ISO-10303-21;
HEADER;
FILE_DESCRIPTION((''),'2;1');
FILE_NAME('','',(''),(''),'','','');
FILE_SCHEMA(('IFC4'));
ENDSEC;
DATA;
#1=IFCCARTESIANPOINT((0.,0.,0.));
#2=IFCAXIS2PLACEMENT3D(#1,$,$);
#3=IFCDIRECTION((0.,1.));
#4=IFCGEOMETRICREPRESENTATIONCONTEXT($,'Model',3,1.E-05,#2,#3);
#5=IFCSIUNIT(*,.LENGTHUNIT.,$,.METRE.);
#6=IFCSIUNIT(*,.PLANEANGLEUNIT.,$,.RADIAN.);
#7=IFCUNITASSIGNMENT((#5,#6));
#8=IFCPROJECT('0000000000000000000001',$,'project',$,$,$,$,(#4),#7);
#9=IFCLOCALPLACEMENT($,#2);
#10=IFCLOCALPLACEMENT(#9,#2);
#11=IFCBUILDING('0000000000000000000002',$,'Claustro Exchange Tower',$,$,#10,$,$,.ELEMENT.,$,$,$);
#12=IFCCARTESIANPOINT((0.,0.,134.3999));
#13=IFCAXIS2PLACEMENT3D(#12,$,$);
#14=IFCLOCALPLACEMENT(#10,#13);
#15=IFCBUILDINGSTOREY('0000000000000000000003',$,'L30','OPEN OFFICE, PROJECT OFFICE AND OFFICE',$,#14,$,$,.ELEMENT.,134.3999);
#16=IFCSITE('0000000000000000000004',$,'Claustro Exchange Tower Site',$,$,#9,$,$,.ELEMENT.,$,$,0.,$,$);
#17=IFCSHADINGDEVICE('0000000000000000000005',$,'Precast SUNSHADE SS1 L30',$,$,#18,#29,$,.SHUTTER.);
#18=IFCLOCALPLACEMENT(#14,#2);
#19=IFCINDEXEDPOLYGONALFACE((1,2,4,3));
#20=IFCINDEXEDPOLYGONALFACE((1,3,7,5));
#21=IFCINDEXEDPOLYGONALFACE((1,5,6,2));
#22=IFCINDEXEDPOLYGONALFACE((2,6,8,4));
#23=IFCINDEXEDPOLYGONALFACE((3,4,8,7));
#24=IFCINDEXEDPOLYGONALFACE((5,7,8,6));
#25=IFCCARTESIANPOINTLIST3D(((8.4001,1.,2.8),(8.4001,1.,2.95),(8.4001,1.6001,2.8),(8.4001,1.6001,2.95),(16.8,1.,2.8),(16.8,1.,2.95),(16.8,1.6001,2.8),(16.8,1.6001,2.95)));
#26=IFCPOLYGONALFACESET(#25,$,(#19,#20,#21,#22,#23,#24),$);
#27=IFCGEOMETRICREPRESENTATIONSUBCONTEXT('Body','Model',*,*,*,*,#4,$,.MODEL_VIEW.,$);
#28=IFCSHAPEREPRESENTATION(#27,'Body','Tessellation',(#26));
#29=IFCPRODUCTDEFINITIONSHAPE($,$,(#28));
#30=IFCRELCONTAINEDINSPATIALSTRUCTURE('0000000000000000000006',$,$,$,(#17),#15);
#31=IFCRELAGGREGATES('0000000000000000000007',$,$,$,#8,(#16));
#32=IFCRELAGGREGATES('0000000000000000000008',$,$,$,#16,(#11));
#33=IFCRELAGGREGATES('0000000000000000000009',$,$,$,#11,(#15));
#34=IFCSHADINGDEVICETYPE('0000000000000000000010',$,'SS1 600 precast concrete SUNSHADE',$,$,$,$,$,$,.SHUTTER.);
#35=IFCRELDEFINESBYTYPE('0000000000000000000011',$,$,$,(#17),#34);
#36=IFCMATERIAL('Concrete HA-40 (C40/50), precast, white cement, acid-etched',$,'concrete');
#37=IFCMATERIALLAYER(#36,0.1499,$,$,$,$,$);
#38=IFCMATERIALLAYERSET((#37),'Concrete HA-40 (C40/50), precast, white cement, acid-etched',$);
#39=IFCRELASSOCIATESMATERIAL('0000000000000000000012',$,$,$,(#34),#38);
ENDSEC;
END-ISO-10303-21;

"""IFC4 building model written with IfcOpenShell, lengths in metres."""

from ifc_helpers import new_model, si_unit, direction, frame, origin, origin_2d, place, context, subcontext, project, spatial, rectangle, extrude, material, layer, layer_set, type_object, element, save


model = new_model("IFC4")

# Units and contexts
model_context = context("Model", 3, precision=1e-05, world=origin(), true_north=direction((0.0, 1.0)))
body_context = subcontext(model_context, "Body", "Model", "MODEL_VIEW")
ifc_project = project(units=[si_unit("LENGTHUNIT", "METRE"), si_unit("PLANEANGLEUNIT", "RADIAN")], contexts=[model_context])

# Site, building, storey
site_placement = place(None, origin())
site = spatial("IfcSite", under=ifc_project, at=site_placement, Name="Claustro Exchange Tower Site", CompositionType="ELEMENT", RefElevation=0.0)
building_placement = place(site_placement, origin())
building = spatial("IfcBuilding", under=site, at=building_placement, Name="Claustro Exchange Tower", CompositionType="ELEMENT")
storey_placement = place(building_placement, frame((0.0, 0.0, 134.3999)))
storey = spatial("IfcBuildingStorey", under=building, at=storey_placement, Name="L30", Description="OPEN OFFICE, PROJECT OFFICE AND OFFICE", CompositionType="ELEMENT", Elevation=134.3999)

# Shading device
ifc_material_1 = material(Name="Concrete HA-40 (C40/50), precast, white cement, acid-etched", Category="concrete")
ifc_layer_1 = layer(ifc_material_1, 0.1499)
ifc_layer_set_1 = layer_set([ifc_layer_1], Name="Concrete HA-40 (C40/50), precast, white cement, acid-etched")
shading_device_type = type_object("IfcShadingDeviceType", Name="SS1 600 precast concrete SUNSHADE", PredefinedType="SHUTTER", material=ifc_layer_set_1)
shading_device_placement = place(storey_placement, frame((12.6001, 1.3, 2.8), z_axis=(0.0, 0.0, 1.0), x_axis=(-1.0, 0.0, 0.0)))
element("IfcShadingDevice", 1, at=shading_device_placement, inside=storey, type_object=shading_device_type, Name="Precast SUNSHADE SS1 L30", PredefinedType="SHUTTER", context=body_context, shape_type="SweptSolid", body=[
    extrude(rectangle(XDim=8.3999, YDim=0.6001, at=origin_2d()), origin(), (0.0, 0.0, 1.0), 0.1499),
])

save(model, "model.ifc")
